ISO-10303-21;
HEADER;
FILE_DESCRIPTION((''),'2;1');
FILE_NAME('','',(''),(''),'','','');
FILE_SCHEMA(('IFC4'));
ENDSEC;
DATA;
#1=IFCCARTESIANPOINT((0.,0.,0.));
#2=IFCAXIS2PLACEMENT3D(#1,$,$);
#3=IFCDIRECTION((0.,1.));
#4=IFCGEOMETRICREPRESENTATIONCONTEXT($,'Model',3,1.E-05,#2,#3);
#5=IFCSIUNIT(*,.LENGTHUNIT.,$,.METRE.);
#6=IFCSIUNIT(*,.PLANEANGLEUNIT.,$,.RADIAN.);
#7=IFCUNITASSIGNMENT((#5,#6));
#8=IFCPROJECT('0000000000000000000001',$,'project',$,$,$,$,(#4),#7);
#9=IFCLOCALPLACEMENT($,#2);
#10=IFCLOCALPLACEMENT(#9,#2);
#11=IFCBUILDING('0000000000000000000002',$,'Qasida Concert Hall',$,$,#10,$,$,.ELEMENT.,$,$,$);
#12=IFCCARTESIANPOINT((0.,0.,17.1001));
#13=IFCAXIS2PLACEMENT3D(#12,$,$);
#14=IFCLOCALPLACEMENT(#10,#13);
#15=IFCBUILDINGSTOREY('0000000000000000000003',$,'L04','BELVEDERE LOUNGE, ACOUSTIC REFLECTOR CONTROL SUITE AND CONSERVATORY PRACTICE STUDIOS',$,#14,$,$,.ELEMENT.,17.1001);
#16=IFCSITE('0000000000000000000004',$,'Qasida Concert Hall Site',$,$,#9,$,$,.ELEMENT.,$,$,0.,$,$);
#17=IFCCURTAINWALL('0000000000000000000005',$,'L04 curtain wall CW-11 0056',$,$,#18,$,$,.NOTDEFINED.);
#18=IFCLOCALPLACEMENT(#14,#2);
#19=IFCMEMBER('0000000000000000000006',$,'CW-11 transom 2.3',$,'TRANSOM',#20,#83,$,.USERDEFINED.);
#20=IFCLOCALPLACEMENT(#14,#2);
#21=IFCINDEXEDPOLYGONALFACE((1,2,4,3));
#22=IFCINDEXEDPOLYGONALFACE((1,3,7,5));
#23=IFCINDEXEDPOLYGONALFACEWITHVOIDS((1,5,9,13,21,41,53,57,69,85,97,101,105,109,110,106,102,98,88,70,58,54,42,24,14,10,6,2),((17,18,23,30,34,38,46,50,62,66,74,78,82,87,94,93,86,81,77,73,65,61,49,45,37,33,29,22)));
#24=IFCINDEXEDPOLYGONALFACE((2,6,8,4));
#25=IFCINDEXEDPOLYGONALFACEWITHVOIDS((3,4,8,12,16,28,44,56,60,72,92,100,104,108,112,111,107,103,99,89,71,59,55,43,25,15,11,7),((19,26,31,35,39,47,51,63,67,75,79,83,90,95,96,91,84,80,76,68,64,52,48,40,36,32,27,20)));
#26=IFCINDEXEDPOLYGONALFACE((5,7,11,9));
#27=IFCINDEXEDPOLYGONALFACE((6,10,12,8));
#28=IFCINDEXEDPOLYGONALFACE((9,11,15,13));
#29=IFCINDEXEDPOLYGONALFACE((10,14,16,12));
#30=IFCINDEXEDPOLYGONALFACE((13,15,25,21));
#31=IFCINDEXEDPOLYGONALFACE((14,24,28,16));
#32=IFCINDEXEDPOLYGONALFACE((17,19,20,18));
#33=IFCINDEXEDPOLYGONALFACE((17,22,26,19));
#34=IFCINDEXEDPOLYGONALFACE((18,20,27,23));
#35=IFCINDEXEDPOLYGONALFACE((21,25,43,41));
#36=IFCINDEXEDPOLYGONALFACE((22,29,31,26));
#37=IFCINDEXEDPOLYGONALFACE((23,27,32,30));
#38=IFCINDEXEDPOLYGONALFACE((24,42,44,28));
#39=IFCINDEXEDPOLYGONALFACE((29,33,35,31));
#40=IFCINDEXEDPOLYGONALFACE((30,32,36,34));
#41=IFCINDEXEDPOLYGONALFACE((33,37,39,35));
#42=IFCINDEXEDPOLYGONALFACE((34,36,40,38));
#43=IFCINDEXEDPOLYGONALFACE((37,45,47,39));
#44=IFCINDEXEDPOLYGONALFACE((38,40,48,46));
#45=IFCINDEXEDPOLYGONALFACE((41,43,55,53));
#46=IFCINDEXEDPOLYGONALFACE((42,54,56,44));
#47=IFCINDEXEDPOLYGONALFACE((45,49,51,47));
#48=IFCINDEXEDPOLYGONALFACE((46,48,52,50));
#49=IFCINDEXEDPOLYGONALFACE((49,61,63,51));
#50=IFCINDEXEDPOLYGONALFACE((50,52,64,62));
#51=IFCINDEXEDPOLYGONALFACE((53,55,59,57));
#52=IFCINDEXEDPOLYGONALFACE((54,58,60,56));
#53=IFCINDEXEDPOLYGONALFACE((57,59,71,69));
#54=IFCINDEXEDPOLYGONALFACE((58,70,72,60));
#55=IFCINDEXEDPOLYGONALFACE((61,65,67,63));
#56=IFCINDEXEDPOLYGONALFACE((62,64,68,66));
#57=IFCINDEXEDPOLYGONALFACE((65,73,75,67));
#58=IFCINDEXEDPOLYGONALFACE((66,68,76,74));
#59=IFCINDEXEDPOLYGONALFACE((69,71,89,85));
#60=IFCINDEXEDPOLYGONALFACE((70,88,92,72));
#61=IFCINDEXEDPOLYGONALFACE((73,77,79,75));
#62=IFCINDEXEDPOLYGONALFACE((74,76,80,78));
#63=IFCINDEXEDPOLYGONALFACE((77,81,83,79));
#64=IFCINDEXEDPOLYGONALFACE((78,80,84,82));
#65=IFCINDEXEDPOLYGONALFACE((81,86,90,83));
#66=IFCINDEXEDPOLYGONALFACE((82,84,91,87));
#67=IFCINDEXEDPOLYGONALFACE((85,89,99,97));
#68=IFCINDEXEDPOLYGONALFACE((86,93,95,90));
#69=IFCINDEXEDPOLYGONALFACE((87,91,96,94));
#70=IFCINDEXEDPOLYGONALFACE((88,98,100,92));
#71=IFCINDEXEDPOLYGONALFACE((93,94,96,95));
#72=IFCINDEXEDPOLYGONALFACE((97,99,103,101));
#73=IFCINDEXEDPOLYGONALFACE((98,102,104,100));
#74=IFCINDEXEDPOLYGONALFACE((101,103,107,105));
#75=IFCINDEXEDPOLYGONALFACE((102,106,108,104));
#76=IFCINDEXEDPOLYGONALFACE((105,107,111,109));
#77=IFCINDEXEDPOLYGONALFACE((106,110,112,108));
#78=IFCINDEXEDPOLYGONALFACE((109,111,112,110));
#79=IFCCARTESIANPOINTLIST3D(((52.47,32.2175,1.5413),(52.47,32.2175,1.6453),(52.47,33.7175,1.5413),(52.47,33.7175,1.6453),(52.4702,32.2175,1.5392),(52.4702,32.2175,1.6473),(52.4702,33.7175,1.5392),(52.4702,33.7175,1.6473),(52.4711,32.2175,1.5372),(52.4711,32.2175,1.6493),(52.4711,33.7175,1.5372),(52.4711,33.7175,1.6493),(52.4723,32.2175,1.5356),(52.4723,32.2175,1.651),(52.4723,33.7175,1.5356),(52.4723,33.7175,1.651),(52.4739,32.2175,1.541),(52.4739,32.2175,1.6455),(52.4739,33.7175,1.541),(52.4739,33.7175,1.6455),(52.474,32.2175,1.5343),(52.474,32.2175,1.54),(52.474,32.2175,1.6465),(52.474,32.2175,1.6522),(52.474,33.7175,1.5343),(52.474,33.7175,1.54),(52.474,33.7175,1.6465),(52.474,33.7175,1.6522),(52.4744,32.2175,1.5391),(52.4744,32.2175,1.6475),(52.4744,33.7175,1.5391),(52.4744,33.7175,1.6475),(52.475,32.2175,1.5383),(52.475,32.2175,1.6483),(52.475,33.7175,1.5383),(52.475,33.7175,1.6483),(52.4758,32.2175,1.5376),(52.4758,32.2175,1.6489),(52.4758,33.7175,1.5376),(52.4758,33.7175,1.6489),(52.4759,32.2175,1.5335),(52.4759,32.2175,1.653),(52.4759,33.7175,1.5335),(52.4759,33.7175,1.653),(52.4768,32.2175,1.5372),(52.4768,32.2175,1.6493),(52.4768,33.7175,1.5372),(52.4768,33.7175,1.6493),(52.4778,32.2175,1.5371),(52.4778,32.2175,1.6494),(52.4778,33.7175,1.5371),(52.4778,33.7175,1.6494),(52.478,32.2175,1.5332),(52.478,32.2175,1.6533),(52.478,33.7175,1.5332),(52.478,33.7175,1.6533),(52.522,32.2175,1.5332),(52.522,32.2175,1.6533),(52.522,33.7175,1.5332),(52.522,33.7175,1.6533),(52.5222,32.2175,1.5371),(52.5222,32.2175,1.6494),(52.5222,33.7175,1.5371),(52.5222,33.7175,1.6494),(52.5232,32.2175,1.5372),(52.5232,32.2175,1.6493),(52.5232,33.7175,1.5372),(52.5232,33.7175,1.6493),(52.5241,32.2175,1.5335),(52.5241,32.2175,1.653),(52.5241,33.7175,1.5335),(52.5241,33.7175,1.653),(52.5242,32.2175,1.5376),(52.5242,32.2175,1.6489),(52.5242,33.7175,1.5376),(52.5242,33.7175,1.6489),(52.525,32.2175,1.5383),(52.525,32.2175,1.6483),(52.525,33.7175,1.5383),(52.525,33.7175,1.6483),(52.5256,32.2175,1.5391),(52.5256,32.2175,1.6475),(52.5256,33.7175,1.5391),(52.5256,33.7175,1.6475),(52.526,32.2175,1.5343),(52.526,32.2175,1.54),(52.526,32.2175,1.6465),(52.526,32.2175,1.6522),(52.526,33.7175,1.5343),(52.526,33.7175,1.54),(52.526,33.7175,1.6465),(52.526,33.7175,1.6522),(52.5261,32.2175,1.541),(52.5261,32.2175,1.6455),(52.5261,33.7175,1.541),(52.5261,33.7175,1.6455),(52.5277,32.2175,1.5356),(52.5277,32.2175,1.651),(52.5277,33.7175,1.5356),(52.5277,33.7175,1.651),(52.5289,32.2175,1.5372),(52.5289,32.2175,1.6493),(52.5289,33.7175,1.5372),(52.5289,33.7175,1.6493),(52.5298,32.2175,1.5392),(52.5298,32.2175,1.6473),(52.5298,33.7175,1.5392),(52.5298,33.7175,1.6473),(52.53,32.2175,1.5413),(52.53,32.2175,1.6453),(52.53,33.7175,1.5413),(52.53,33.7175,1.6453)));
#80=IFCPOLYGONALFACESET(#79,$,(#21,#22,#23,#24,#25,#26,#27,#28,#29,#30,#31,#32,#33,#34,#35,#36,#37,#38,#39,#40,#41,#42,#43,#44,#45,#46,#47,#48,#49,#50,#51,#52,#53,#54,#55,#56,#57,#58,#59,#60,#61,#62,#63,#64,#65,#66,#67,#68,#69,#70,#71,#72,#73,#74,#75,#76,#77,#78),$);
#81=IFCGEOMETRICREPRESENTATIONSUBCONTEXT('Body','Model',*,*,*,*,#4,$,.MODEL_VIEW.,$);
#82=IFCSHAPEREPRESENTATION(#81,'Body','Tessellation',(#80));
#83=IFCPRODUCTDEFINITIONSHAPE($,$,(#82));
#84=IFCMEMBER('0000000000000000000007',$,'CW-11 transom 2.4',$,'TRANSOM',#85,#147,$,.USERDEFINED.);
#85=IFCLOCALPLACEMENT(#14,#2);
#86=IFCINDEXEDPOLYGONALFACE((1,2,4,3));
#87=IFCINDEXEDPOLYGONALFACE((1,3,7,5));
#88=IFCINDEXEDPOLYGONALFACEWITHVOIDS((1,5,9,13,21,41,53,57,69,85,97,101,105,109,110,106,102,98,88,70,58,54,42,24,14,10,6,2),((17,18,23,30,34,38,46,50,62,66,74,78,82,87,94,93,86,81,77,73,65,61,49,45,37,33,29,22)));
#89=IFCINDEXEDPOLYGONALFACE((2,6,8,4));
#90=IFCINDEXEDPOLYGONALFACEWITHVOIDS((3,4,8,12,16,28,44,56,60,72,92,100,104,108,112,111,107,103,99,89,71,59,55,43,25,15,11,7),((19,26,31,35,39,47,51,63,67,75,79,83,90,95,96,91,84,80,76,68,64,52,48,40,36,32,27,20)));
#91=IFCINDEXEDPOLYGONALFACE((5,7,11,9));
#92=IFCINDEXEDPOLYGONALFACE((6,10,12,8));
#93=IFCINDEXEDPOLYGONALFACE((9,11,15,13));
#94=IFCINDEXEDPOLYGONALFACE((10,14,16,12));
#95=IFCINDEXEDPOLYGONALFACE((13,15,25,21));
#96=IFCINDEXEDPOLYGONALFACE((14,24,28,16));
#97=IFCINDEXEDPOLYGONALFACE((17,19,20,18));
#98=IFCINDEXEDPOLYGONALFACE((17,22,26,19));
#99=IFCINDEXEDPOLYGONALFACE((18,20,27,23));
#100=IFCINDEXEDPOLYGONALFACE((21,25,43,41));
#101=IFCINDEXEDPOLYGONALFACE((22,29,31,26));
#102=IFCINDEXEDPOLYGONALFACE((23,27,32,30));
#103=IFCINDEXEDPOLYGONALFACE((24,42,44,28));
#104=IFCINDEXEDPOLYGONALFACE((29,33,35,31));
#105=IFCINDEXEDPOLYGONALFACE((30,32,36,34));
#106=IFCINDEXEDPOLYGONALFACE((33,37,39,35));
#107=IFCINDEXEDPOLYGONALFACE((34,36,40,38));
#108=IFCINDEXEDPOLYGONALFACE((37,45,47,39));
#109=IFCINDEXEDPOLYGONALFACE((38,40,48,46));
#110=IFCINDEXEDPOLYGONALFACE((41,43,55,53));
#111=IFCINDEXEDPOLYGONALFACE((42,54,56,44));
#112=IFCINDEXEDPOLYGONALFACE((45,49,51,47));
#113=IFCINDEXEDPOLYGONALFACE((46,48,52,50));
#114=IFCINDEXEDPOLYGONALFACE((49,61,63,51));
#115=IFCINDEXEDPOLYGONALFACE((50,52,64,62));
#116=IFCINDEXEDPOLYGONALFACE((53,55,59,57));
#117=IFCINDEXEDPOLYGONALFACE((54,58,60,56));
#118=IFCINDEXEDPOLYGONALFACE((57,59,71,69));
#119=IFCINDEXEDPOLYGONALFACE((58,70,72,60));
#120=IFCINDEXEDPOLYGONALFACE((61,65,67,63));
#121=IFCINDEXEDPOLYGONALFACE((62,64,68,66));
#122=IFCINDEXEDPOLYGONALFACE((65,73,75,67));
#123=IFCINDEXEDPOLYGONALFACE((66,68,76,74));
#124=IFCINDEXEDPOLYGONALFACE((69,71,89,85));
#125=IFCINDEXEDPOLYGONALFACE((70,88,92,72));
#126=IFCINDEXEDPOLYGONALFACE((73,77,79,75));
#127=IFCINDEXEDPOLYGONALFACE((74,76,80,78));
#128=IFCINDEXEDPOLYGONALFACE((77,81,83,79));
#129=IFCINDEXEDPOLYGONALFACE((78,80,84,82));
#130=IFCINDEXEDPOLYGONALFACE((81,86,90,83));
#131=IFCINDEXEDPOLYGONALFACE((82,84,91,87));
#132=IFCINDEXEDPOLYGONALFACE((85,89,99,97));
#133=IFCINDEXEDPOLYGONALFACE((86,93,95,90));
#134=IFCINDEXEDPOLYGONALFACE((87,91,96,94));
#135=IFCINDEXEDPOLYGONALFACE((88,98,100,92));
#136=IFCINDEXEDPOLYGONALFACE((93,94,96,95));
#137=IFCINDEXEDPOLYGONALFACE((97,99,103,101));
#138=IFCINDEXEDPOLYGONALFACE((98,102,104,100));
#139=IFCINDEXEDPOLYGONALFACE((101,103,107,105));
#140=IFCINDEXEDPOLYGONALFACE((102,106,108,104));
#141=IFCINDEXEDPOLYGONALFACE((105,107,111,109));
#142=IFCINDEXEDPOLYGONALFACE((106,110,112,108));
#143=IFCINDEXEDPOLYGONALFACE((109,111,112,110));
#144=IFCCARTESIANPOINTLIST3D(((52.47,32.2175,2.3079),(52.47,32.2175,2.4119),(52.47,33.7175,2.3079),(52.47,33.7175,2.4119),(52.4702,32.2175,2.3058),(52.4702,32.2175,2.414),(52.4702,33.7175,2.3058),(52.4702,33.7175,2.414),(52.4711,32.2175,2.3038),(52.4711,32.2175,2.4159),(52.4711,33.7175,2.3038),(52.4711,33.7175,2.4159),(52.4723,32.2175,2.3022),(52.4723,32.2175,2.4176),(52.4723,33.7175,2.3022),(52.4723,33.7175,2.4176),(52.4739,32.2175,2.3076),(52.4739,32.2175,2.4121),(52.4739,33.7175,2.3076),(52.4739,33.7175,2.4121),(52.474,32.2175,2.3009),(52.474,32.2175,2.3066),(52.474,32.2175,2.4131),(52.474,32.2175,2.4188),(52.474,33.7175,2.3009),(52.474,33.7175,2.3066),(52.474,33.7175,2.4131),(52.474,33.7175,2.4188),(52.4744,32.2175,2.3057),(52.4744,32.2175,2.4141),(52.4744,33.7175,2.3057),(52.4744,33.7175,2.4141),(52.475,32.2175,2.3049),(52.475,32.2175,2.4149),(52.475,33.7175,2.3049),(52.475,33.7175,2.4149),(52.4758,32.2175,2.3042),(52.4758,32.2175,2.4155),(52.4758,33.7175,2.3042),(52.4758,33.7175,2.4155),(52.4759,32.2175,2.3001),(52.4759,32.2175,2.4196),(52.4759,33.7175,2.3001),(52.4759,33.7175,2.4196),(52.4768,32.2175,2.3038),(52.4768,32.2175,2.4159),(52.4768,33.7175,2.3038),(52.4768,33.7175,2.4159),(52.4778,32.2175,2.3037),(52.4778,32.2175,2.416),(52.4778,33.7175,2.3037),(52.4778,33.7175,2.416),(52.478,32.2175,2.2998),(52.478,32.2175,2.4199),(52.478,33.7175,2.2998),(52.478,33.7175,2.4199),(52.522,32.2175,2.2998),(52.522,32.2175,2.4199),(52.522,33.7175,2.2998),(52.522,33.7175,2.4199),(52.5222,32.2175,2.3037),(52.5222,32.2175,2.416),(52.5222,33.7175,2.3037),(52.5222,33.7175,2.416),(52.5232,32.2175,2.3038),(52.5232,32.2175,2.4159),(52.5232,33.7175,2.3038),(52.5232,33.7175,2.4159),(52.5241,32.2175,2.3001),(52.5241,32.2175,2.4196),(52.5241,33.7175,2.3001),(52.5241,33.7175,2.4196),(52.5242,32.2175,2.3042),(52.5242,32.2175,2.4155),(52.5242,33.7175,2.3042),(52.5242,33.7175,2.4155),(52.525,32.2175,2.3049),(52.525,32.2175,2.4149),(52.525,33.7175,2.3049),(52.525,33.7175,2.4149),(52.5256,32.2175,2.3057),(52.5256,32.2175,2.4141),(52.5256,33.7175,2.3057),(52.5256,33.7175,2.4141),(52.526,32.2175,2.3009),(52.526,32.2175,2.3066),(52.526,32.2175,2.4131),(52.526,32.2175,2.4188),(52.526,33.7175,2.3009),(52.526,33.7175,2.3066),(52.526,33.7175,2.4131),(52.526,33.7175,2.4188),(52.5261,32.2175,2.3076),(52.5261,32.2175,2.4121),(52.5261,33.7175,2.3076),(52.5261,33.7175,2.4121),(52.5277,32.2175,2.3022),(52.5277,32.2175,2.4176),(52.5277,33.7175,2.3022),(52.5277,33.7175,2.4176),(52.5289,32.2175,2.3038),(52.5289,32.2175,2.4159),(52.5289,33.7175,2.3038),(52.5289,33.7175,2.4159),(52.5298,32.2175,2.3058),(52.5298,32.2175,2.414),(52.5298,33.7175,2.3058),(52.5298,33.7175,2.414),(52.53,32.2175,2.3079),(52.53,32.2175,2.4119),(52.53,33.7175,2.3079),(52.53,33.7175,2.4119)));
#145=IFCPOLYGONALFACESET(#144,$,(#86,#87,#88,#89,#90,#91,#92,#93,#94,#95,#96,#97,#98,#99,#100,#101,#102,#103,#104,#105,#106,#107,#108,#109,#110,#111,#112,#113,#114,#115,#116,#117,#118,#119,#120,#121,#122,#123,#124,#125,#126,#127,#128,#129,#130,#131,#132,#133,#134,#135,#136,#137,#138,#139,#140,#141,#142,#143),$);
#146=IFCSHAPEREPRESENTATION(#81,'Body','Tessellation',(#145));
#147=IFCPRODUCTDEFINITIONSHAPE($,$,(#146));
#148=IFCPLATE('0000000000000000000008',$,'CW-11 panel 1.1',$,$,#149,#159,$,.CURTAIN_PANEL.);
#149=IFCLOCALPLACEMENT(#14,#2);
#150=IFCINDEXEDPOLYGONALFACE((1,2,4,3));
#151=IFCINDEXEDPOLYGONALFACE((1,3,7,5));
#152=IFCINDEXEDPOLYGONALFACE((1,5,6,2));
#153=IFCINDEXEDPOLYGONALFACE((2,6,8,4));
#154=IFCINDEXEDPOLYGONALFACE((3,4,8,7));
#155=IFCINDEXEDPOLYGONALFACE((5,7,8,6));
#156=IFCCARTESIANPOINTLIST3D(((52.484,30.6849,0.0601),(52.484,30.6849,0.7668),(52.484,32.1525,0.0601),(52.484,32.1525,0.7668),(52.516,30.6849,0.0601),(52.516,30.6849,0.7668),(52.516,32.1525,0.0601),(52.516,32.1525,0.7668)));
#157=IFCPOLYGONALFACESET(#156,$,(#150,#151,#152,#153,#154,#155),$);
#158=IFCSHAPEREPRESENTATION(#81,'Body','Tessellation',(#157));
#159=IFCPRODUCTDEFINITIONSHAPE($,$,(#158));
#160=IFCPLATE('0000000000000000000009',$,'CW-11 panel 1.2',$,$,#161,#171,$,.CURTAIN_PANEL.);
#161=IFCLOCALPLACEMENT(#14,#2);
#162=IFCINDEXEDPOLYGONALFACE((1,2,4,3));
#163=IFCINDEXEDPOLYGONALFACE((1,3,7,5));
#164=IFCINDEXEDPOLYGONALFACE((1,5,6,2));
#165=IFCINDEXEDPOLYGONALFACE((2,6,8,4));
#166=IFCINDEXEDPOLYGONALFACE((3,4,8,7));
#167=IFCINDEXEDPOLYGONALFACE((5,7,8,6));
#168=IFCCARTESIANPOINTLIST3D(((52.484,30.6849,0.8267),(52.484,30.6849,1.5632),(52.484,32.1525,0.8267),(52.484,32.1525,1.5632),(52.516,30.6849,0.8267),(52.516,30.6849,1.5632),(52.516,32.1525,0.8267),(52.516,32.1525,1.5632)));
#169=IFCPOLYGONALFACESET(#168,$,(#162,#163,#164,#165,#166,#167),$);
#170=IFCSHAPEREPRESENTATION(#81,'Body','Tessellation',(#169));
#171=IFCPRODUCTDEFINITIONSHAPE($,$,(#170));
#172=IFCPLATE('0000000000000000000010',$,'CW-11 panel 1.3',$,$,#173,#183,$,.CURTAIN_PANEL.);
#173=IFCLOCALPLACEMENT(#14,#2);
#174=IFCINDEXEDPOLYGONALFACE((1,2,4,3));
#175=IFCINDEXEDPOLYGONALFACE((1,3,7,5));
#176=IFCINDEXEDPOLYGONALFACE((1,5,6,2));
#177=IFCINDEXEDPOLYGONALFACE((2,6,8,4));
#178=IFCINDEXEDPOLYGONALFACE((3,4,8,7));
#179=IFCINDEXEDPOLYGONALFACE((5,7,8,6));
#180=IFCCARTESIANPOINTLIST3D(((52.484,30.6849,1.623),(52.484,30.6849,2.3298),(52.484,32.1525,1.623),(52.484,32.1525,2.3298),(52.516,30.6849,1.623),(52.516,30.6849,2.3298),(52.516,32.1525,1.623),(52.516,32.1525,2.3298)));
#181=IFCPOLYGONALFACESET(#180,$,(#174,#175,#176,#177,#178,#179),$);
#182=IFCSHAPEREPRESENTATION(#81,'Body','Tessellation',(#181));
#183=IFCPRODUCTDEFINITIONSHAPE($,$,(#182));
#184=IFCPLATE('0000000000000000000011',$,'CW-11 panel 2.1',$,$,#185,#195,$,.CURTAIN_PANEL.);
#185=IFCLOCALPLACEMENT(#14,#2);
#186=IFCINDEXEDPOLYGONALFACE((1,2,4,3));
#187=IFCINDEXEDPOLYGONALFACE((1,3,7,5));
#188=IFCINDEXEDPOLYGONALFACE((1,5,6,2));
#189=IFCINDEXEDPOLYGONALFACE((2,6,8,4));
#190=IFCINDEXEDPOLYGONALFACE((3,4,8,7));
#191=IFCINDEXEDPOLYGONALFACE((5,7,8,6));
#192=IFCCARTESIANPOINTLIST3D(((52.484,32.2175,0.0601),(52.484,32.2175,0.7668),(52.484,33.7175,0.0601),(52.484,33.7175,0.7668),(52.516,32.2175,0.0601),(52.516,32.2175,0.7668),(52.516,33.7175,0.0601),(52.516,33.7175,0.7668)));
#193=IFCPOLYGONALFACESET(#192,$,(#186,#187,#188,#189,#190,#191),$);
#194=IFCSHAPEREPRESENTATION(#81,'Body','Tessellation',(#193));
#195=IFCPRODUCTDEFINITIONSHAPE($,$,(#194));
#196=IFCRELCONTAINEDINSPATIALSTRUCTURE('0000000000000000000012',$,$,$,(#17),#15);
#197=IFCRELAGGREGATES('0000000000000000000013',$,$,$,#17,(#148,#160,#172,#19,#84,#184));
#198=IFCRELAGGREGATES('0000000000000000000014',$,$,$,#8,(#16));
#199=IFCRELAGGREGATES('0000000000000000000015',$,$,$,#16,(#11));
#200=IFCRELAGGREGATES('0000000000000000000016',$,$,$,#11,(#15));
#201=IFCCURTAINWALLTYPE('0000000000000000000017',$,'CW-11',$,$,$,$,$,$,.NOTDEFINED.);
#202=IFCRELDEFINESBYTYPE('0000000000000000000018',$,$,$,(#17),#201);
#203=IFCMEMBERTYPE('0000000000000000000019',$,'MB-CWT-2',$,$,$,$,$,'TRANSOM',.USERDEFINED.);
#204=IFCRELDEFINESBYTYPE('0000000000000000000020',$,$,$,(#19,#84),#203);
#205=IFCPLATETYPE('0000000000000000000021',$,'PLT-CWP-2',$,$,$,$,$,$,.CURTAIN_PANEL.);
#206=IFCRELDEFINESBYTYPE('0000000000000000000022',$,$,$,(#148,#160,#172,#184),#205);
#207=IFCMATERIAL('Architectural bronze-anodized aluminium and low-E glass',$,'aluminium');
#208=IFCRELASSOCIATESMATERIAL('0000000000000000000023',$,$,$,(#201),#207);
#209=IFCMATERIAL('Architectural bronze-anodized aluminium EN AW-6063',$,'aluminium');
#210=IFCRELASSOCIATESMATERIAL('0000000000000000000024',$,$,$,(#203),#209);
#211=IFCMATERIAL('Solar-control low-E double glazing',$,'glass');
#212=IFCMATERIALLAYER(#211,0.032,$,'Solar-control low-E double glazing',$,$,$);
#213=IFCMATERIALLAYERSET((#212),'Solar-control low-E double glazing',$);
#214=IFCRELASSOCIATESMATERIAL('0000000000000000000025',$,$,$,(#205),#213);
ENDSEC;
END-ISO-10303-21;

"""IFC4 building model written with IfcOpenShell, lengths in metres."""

from ifc_helpers import new_model, si_unit, direction, frame, origin, origin_2d, place, context, subcontext, project, spatial, rectangle, hollow_rectangle, extrude, material, layer, layer_set, material_profile, profile_set, type_object, element, aggregate, save


model = new_model("IFC4")

# Units and contexts
model_context = context("Model", 3, precision=1e-05, world=origin(), true_north=direction((0.0, 1.0)))
body_context = subcontext(model_context, "Body", "Model", "MODEL_VIEW")
ifc_project = project(units=[si_unit("LENGTHUNIT", "METRE"), si_unit("PLANEANGLEUNIT", "RADIAN")], contexts=[model_context])

# Site, building, storey
site_placement = place(None, origin())
site = spatial("IfcSite", under=ifc_project, at=site_placement, Name="Qasida Concert Hall Site", CompositionType="ELEMENT", RefElevation=0.0)
building_placement = place(site_placement, origin())
building = spatial("IfcBuilding", under=site, at=building_placement, Name="Qasida Concert Hall", CompositionType="ELEMENT")
storey_placement = place(building_placement, frame((0.0, 0.0, 17.1001)))
storey = spatial("IfcBuildingStorey", under=building, at=storey_placement, Name="L04", Description="BELVEDERE LOUNGE, ACOUSTIC REFLECTOR CONTROL SUITE AND CONSERVATORY PRACTICE STUDIOS", CompositionType="ELEMENT", Elevation=17.1001)

# Curtain wall, members, plates
ifc_material_1 = material(Name="Architectural bronze-anodized aluminium and low-E glass", Category="aluminium")
curtain_wall_type = type_object("IfcCurtainWallType", Name="CW-11", PredefinedType="NOTDEFINED", material=ifc_material_1)
curtain_wall_placement = place(storey_placement, origin())
curtain_wall = element("IfcCurtainWall", 1, at=curtain_wall_placement, inside=storey, type_object=curtain_wall_type, Name="L04 curtain wall CW-11 0056", PredefinedType="NOTDEFINED")
ifc_material_2 = material(Name="Architectural bronze-anodized aluminium EN AW-6063", Category="aluminium")
ifc_material_profile_1 = material_profile(ifc_material_2, hollow_rectangle(XDim=0.0601, YDim=0.1201, WallThickness=0.0039, InnerFilletRadius=0.0039, OuterFilletRadius=0.0081, at=origin_2d()), Name="CWT 120x60x4")
ifc_profile_set_1 = profile_set([ifc_material_profile_1], Name="Architectural bronze-anodized aluminium EN AW-6063")
member_type_1 = type_object("IfcMemberType", Name="MB-CWT-2", ElementType="TRANSOM", PredefinedType="USERDEFINED", material=ifc_profile_set_1)
member_1_placement = place(storey_placement, frame((52.5, 32.2175, 1.5933), z_axis=(0.0, 1.0, 0.0), x_axis=(-1.0, 0.0, 0.0)))
member_1 = element("IfcMember", 2, at=member_1_placement, type_object=member_type_1, Name="CW-11 transom 2.3", ObjectType="TRANSOM", PredefinedType="USERDEFINED", context=body_context, shape_type="SweptSolid", body=[
    extrude(hollow_rectangle(XDim=0.0601, YDim=0.1201, WallThickness=0.0039, InnerFilletRadius=0.0039, OuterFilletRadius=0.0081, at=origin_2d()), origin(), (0.0, 0.0, 1.0), 1.5),
])
member_2_placement = place(storey_placement, frame((52.5, 32.2175, 2.3599), z_axis=(0.0, 1.0, 0.0), x_axis=(-1.0, 0.0, 0.0)))
member_2 = element("IfcMember", 3, at=member_2_placement, type_object=member_type_1, Name="CW-11 transom 2.4", ObjectType="TRANSOM", PredefinedType="USERDEFINED", context=body_context, shape_type="SweptSolid", body=[
    extrude(hollow_rectangle(XDim=0.0601, YDim=0.1201, WallThickness=0.0039, InnerFilletRadius=0.0039, OuterFilletRadius=0.0081, at=origin_2d()), origin(), (0.0, 0.0, 1.0), 1.5),
])
ifc_material_3 = material(Name="Solar-control low-E double glazing", Category="glass")
ifc_layer_1 = layer(ifc_material_3, 0.032, Name="Solar-control low-E double glazing")
ifc_layer_set_1 = layer_set([ifc_layer_1], Name="Solar-control low-E double glazing")
plate_type_1 = type_object("IfcPlateType", Name="PLT-CWP-2", PredefinedType="CURTAIN_PANEL", material=ifc_layer_set_1)
plate_1_placement = place(storey_placement, frame((52.5, 31.4187, 0.0601), z_axis=(0.0, 0.0, 1.0), x_axis=(0.0, 1.0, 0.0)))
plate_1 = element("IfcPlate", 4, at=plate_1_placement, type_object=plate_type_1, Name="CW-11 panel 1.1", PredefinedType="CURTAIN_PANEL", context=body_context, shape_type="SweptSolid", body=[
    extrude(rectangle(XDim=1.4675, YDim=0.032, at=origin_2d()), origin(), (0.0, 0.0, 1.0), 0.7068),
])
plate_2_placement = place(storey_placement, frame((52.5, 31.4187, 0.8267), z_axis=(0.0, 0.0, 1.0), x_axis=(0.0, 1.0, 0.0)))
plate_2 = element("IfcPlate", 5, at=plate_2_placement, type_object=plate_type_1, Name="CW-11 panel 1.2", PredefinedType="CURTAIN_PANEL", context=body_context, shape_type="SweptSolid", body=[
    extrude(rectangle(XDim=1.4675, YDim=0.032, at=origin_2d()), origin(), (0.0, 0.0, 1.0), 0.7366),
])
plate_3_placement = place(storey_placement, frame((52.5, 31.4187, 1.623), z_axis=(0.0, 0.0, 1.0), x_axis=(0.0, 1.0, 0.0)))
plate_3 = element("IfcPlate", 6, at=plate_3_placement, type_object=plate_type_1, Name="CW-11 panel 1.3", PredefinedType="CURTAIN_PANEL", context=body_context, shape_type="SweptSolid", body=[
    extrude(rectangle(XDim=1.4675, YDim=0.032, at=origin_2d()), origin(), (0.0, 0.0, 1.0), 0.7068),
])
plate_4_placement = place(storey_placement, frame((52.5, 32.9675, 0.0601), z_axis=(0.0, 0.0, 1.0), x_axis=(0.0, 1.0, 0.0)))
plate_4 = element("IfcPlate", 7, at=plate_4_placement, type_object=plate_type_1, Name="CW-11 panel 2.1", PredefinedType="CURTAIN_PANEL", context=body_context, shape_type="SweptSolid", body=[
    extrude(rectangle(XDim=1.5, YDim=0.032, at=origin_2d()), origin(), (0.0, 0.0, 1.0), 0.7068),
])
aggregate(curtain_wall, [plate_1, plate_2, plate_3, member_1, member_2, plate_4])

save(model, "model.ifc")
